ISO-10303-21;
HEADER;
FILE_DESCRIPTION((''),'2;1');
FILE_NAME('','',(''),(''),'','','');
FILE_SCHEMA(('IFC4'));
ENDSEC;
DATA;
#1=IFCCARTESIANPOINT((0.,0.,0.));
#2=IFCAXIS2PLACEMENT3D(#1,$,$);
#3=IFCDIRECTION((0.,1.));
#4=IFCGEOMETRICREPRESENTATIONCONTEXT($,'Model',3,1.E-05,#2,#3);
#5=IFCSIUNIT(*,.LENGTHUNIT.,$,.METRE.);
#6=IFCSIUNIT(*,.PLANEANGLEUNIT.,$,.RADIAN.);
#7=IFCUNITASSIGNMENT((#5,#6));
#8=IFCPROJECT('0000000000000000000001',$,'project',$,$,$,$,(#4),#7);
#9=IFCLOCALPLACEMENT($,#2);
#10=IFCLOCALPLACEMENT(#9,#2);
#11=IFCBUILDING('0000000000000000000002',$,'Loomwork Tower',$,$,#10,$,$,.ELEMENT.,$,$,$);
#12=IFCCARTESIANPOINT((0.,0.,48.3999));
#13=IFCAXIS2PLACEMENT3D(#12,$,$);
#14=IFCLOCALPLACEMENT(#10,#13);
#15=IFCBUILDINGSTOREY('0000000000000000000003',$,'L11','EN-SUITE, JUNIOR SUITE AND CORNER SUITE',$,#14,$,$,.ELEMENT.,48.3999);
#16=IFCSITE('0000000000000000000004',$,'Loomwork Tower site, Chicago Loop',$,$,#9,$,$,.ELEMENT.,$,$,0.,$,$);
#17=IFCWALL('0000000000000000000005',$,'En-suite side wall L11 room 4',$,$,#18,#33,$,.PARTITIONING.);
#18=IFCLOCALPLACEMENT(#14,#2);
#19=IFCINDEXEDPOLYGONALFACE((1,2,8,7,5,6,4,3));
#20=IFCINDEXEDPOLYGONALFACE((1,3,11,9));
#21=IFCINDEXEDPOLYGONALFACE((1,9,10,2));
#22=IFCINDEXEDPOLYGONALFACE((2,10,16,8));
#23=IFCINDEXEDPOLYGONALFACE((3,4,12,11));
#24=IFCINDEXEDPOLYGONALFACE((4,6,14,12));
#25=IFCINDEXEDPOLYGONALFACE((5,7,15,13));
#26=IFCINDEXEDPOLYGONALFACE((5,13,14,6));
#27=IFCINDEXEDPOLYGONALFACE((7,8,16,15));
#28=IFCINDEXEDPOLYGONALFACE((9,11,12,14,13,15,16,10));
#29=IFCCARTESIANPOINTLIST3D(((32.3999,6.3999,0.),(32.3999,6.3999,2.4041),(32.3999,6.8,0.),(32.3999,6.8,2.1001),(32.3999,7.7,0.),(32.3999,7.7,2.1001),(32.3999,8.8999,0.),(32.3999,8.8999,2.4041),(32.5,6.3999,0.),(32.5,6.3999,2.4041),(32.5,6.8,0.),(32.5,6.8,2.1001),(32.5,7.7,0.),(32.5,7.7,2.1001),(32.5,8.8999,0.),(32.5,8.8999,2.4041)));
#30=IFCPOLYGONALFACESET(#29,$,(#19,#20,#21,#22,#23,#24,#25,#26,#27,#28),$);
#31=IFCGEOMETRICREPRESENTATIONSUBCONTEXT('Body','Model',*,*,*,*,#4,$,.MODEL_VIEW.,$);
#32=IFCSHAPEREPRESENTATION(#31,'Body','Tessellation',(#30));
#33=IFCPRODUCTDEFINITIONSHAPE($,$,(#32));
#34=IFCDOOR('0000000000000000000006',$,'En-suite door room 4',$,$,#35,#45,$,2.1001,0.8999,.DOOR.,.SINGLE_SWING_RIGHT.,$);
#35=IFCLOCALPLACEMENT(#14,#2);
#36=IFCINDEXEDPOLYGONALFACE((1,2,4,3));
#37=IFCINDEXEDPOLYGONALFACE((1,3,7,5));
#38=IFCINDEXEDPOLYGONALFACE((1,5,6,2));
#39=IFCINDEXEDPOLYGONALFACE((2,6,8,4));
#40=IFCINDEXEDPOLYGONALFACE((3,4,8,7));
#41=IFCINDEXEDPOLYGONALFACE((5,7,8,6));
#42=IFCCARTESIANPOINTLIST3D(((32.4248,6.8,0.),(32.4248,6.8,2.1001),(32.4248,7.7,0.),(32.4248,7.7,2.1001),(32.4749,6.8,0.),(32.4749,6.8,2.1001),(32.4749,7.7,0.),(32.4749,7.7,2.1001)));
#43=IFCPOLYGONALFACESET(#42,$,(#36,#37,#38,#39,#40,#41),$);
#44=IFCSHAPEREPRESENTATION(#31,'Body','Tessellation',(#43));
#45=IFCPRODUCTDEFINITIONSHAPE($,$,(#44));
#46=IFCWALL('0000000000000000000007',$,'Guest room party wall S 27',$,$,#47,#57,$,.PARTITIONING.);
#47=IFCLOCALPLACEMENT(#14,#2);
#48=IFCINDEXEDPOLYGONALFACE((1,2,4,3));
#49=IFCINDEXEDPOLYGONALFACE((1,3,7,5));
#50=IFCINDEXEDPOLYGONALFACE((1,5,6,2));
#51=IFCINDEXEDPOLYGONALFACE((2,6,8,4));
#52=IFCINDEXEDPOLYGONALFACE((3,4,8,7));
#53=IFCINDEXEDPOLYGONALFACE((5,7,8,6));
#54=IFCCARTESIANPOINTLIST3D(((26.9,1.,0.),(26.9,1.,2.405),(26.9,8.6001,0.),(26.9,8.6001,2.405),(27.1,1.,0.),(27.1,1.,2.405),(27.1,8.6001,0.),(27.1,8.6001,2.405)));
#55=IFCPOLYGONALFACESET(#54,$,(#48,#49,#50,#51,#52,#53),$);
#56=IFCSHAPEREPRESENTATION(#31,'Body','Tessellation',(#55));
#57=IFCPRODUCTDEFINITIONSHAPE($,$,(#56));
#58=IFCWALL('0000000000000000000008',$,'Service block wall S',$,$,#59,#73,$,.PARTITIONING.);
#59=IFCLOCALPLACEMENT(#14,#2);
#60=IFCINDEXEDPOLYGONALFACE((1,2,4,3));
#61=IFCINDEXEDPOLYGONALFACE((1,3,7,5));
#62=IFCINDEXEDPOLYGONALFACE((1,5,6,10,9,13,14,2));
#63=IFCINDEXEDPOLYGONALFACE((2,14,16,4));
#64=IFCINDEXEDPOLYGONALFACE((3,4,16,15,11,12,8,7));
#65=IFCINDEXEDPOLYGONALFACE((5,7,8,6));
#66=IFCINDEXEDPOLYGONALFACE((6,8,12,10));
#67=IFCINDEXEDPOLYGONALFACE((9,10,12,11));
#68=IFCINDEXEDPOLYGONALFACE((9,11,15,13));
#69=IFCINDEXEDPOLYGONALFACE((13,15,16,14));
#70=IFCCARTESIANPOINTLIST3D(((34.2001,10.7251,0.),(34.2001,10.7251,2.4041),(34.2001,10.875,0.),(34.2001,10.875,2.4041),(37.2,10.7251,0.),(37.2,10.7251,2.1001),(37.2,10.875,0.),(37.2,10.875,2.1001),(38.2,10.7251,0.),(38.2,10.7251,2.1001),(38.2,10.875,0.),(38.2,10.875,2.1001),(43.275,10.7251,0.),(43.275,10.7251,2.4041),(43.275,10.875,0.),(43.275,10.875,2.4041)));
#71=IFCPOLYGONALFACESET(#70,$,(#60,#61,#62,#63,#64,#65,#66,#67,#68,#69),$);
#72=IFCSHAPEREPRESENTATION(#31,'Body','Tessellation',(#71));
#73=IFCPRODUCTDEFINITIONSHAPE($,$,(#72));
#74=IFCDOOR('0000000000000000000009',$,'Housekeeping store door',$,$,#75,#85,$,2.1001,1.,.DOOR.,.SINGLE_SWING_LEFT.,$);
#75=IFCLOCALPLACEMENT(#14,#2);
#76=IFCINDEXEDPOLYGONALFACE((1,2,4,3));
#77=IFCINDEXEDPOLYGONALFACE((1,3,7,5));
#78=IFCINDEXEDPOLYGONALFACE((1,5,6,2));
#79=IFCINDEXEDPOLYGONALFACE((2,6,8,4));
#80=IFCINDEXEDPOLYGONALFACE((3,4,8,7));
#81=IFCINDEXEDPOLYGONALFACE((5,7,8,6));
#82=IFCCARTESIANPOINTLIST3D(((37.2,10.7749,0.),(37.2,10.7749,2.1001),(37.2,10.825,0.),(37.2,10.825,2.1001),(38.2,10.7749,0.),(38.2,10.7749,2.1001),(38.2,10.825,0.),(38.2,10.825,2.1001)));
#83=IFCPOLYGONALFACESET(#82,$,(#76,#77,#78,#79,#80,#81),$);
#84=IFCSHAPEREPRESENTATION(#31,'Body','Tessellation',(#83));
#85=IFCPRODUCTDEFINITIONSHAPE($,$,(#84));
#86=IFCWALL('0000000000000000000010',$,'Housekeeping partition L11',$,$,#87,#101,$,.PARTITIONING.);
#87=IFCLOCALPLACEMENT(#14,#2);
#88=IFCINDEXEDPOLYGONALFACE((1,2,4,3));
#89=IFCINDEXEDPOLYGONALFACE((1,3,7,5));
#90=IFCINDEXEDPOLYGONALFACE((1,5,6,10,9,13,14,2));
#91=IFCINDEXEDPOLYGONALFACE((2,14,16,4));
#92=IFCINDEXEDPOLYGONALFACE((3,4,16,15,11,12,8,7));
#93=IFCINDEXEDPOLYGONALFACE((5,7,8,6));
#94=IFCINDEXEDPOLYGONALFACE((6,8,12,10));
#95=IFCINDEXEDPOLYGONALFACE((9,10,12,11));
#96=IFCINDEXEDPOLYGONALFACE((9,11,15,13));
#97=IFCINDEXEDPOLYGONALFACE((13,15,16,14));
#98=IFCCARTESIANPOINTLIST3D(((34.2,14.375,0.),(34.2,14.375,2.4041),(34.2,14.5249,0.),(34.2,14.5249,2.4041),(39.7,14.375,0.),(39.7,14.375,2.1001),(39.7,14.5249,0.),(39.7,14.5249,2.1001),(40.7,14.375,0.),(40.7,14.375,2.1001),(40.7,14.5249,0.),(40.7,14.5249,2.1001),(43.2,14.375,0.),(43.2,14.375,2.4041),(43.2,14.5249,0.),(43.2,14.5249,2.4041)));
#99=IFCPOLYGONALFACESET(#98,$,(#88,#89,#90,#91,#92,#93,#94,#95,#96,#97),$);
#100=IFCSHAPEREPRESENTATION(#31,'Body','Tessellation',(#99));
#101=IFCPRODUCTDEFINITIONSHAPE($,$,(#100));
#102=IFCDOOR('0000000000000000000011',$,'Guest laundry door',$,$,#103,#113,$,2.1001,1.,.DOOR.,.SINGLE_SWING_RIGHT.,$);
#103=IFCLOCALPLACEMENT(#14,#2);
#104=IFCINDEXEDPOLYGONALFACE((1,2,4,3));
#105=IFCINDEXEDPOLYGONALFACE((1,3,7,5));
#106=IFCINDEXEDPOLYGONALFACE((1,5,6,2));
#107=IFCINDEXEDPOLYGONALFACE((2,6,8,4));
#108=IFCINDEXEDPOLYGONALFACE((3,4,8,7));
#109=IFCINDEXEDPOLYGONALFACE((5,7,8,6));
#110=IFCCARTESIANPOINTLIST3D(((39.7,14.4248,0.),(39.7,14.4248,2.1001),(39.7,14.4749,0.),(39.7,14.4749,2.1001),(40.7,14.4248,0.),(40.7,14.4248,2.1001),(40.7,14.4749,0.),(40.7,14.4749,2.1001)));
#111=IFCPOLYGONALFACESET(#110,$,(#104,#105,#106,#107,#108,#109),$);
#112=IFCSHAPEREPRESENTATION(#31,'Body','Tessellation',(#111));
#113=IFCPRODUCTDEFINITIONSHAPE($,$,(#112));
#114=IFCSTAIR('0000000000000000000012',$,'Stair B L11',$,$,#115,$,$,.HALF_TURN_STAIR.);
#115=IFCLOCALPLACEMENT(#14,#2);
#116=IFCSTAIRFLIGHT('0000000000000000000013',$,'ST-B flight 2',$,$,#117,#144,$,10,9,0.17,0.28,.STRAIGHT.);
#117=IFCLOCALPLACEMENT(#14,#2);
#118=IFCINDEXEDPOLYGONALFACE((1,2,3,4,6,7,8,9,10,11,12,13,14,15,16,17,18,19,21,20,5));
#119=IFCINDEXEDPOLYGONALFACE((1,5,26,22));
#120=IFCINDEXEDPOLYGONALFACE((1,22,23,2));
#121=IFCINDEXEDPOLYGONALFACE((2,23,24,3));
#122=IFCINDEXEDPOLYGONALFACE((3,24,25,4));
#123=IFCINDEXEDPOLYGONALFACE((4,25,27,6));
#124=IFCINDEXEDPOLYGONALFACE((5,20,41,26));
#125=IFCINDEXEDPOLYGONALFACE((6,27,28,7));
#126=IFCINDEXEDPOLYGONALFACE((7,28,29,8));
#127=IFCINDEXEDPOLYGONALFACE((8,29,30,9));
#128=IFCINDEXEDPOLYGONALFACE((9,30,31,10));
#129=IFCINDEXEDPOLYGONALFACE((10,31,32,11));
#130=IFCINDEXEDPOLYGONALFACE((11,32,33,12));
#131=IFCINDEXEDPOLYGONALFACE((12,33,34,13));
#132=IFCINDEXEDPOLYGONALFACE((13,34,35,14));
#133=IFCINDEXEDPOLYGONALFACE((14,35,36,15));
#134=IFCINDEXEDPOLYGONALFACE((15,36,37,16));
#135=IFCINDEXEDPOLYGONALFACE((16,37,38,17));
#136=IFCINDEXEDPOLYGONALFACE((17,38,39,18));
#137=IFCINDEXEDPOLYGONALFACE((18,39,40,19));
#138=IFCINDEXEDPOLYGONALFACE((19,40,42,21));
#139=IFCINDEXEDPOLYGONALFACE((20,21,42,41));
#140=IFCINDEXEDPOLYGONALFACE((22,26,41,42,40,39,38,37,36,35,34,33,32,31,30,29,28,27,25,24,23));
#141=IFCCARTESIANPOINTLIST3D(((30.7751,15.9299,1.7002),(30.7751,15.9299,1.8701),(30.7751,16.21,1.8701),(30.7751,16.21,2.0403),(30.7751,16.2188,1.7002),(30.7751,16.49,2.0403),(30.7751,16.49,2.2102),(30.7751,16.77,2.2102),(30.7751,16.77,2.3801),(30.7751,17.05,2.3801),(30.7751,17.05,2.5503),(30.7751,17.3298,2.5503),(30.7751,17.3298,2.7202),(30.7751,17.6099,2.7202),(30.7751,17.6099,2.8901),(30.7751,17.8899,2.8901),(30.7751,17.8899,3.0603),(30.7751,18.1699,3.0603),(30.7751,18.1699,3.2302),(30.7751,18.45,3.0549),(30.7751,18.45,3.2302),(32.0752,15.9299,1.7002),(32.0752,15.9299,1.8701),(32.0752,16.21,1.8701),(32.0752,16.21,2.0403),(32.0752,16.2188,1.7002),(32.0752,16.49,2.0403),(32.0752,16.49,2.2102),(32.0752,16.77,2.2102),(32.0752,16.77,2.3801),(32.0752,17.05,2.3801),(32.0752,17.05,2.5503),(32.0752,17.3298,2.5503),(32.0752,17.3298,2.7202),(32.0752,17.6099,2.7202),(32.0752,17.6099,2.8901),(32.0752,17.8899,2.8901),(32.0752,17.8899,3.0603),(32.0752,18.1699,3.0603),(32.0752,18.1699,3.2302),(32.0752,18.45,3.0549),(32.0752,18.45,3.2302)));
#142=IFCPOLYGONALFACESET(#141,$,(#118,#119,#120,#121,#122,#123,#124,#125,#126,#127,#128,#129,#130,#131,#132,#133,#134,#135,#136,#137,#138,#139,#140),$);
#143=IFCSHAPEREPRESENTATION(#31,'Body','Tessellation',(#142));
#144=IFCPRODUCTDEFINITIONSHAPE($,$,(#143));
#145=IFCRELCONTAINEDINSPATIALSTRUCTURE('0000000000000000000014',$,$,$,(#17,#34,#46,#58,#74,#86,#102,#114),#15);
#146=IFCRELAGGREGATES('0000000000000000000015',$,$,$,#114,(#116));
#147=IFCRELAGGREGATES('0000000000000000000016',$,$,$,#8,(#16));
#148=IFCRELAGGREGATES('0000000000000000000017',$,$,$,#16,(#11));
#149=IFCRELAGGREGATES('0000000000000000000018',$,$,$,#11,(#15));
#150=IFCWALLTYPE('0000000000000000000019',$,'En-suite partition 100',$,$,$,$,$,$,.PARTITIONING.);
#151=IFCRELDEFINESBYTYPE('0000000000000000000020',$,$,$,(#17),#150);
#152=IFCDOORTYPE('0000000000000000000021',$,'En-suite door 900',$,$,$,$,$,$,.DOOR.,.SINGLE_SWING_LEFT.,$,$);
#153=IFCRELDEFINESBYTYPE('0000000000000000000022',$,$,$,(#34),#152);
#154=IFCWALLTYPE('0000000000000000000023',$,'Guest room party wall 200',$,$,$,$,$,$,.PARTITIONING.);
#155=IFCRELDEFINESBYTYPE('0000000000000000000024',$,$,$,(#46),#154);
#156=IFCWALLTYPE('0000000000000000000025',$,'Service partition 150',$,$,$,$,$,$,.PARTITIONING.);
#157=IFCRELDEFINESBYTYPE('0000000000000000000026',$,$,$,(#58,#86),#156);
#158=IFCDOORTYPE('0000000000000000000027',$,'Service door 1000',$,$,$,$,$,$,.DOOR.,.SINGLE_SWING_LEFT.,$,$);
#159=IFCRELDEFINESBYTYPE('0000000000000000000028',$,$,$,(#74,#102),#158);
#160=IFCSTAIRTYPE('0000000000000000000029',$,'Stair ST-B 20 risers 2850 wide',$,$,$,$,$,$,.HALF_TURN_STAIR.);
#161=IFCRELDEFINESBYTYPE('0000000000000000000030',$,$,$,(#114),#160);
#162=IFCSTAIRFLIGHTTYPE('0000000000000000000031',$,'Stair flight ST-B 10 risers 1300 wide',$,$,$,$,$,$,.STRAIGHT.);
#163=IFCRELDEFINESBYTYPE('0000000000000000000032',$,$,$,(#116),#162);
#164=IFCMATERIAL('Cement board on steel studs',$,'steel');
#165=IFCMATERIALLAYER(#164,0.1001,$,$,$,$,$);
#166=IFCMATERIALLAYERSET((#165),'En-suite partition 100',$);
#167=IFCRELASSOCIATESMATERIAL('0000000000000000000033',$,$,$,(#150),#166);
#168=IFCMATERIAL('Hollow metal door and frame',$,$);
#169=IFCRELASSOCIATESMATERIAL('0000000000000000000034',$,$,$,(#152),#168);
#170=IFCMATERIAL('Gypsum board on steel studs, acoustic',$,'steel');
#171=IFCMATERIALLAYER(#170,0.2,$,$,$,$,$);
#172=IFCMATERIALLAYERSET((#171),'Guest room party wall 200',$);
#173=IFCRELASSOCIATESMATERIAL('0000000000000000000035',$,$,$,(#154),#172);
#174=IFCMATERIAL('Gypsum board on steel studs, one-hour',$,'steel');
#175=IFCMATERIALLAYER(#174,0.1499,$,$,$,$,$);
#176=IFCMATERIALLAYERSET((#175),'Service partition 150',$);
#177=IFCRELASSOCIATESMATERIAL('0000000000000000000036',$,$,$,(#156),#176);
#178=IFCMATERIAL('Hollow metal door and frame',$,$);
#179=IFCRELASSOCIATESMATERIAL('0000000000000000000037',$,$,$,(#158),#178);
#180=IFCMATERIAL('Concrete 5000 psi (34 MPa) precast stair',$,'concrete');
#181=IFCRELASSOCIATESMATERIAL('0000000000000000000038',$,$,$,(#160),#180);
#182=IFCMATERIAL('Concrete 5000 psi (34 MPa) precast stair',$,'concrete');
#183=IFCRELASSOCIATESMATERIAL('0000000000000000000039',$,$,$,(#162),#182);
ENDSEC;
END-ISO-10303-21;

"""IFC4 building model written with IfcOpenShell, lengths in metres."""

from ifc_helpers import new_model, si_unit, direction, frame, frame_2d, origin, place, context, subcontext, project, spatial, polyline, rectangle, outline, extrude, material, layer, layer_set, type_object, element, fill, aggregate, save


model = new_model("IFC4")

# Units and contexts
model_context = context("Model", 3, precision=1e-05, world=origin(), true_north=direction((0.0, 1.0)))
body_context = subcontext(model_context, "Body", "Model", "MODEL_VIEW")
ifc_project = project(units=[si_unit("LENGTHUNIT", "METRE"), si_unit("PLANEANGLEUNIT", "RADIAN")], contexts=[model_context])

# Site, building, storey
site_placement = place(None, origin())
site = spatial("IfcSite", under=ifc_project, at=site_placement, Name="Loomwork Tower site, Chicago Loop", CompositionType="ELEMENT", RefElevation=0.0)
building_placement = place(site_placement, origin())
building = spatial("IfcBuilding", under=site, at=building_placement, Name="Loomwork Tower", CompositionType="ELEMENT")
storey_placement = place(building_placement, frame((0.0, 0.0, 48.3999)))
storey = spatial("IfcBuildingStorey", under=building, at=storey_placement, Name="L11", Description="EN-SUITE, JUNIOR SUITE AND CORNER SUITE", CompositionType="ELEMENT", Elevation=48.3999)

# Shared definitions
ifc_material_1 = material(Name="Cement board on steel studs", Category="steel")
ifc_layer_1 = layer(ifc_material_1, 0.1001)
ifc_layer_set_1 = layer_set([ifc_layer_1], Name="En-suite partition 100")
wall_type_1 = type_object("IfcWallType", Name="En-suite partition 100", PredefinedType="PARTITIONING", material=ifc_layer_set_1)

# Wall, opening, door
wall_1_placement = place(storey_placement, frame((32.45, 8.8999, 0.0), z_axis=(0.0, 0.0, 1.0), x_axis=(0.0, -1.0, 0.0)))
wall_1 = element("IfcWall", 1, at=wall_1_placement, inside=storey, type_object=wall_type_1, Name="En-suite side wall L11 room 4", PredefinedType="PARTITIONING", context=body_context, shape_type="SweptSolid", body=[
    extrude(rectangle(XDim=2.5, YDim=0.1001, at=frame_2d((1.25, 0.0))), origin(), (0.0, 0.0, 1.0), 2.4041),
])
opening_1_placement = place(wall_1_placement, frame((1.2, 0.0, 0.0)))
opening_1 = element("IfcOpeningElement", 2, at=opening_1_placement, cuts=wall_1, PredefinedType="OPENING", context=body_context, shape_type="SweptSolid", body=[
    extrude(rectangle(XDim=0.8999, YDim=2.1001, at=frame_2d((0.45, 1.05))), frame((0.0, 0.0601, 0.0), z_axis=(0.0, -1.0, 0.0), x_axis=(1.0, 0.0, 0.0)), (0.0, 0.0, 1.0), 0.1201),
])
ifc_material_2 = material(Name="Hollow metal door and frame")
door_type_1 = type_object("IfcDoorType", Name="En-suite door 900", OperationType="SINGLE_SWING_LEFT", PredefinedType="DOOR", material=ifc_material_2)
door_1_placement = place(opening_1_placement, origin())
door_1 = element("IfcDoor", 3, at=door_1_placement, inside=storey, type_object=door_type_1, Name="En-suite door room 4", OperationType="SINGLE_SWING_RIGHT", OverallHeight=2.1001, OverallWidth=0.8999, PredefinedType="DOOR", context=body_context, shape_type="SweptSolid", body=[
    extrude(rectangle(XDim=0.8999, YDim=2.1001, at=frame_2d((0.45, 1.05))), frame((0.0, 0.0249, 0.0), z_axis=(0.0, -1.0, 0.0), x_axis=(1.0, 0.0, 0.0)), (0.0, 0.0, 1.0), 0.05),
])
fill(opening_1, door_1)

# Wall
ifc_material_3 = material(Name="Gypsum board on steel studs, acoustic", Category="steel")
ifc_layer_2 = layer(ifc_material_3, 0.2)
ifc_layer_set_2 = layer_set([ifc_layer_2], Name="Guest room party wall 200")
wall_type_2 = type_object("IfcWallType", Name="Guest room party wall 200", PredefinedType="PARTITIONING", material=ifc_layer_set_2)
wall_2_placement = place(storey_placement, frame((27.0, 8.6001, 0.0), z_axis=(0.0, 0.0, 1.0), x_axis=(0.0, -1.0, 0.0)))
element("IfcWall", 4, at=wall_2_placement, inside=storey, type_object=wall_type_2, Name="Guest room party wall S 27", PredefinedType="PARTITIONING", context=body_context, shape_type="SweptSolid", body=[
    extrude(rectangle(XDim=7.6001, YDim=0.2, at=frame_2d((3.8, 0.0))), origin(), (0.0, 0.0, 1.0), 2.405),
])

# Walls, openings, doors
ifc_material_4 = material(Name="Gypsum board on steel studs, one-hour", Category="steel")
ifc_layer_3 = layer(ifc_material_4, 0.1499)
ifc_layer_set_3 = layer_set([ifc_layer_3], Name="Service partition 150")
wall_type_3 = type_object("IfcWallType", Name="Service partition 150", PredefinedType="PARTITIONING", material=ifc_layer_set_3)
wall_3_placement = place(storey_placement, frame((34.2, 10.8, 0.0), z_axis=(0.0, 0.0, 1.0), x_axis=(1.0, 0.0, 0.0)))
wall_3 = element("IfcWall", 5, at=wall_3_placement, inside=storey, type_object=wall_type_3, Name="Service block wall S", PredefinedType="PARTITIONING", context=body_context, shape_type="SweptSolid", body=[
    extrude(rectangle(XDim=9.075, YDim=0.1499, at=frame_2d((4.5376, 0.0))), origin(), (0.0, 0.0, 1.0), 2.4041),
])
opening_2_placement = place(wall_3_placement, frame((3.0, 0.0, 0.0)))
opening_2 = element("IfcOpeningElement", 6, at=opening_2_placement, cuts=wall_3, PredefinedType="OPENING", context=body_context, shape_type="SweptSolid", body=[
    extrude(rectangle(XDim=1.0, YDim=2.1001, at=frame_2d((0.5, 1.05))), frame((0.0, 0.085, 0.0), z_axis=(0.0, -1.0, 0.0), x_axis=(1.0, 0.0, 0.0)), (0.0, 0.0, 1.0), 0.1699),
])
ifc_material_5 = material(Name="Hollow metal door and frame")
door_type_2 = type_object("IfcDoorType", Name="Service door 1000", OperationType="SINGLE_SWING_LEFT", PredefinedType="DOOR", material=ifc_material_5)
door_2_placement = place(opening_2_placement, origin())
door_2 = element("IfcDoor", 7, at=door_2_placement, inside=storey, type_object=door_type_2, Name="Housekeeping store door", OperationType="SINGLE_SWING_LEFT", OverallHeight=2.1001, OverallWidth=1.0, PredefinedType="DOOR", context=body_context, shape_type="SweptSolid", body=[
    extrude(rectangle(XDim=1.0, YDim=2.1001, at=frame_2d((0.5, 1.05))), frame((0.0, 0.0249, 0.0), z_axis=(0.0, -1.0, 0.0), x_axis=(1.0, 0.0, 0.0)), (0.0, 0.0, 1.0), 0.05),
])
fill(opening_2, door_2)
wall_4_placement = place(storey_placement, frame((34.2, 14.45, 0.0), z_axis=(0.0, 0.0, 1.0), x_axis=(1.0, 0.0, 0.0)))
wall_4 = element("IfcWall", 8, at=wall_4_placement, inside=storey, type_object=wall_type_3, Name="Housekeeping partition L11", PredefinedType="PARTITIONING", context=body_context, shape_type="SweptSolid", body=[
    extrude(rectangle(XDim=9.0, YDim=0.1499, at=frame_2d((4.5, 0.0))), origin(), (0.0, 0.0, 1.0), 2.4041),
])
opening_3_placement = place(wall_4_placement, frame((5.5, 0.0, 0.0)))
opening_3 = element("IfcOpeningElement", 9, at=opening_3_placement, cuts=wall_4, PredefinedType="OPENING", context=body_context, shape_type="SweptSolid", body=[
    extrude(rectangle(XDim=1.0, YDim=2.1001, at=frame_2d((0.5, 1.05))), frame((0.0, 0.085, 0.0), z_axis=(0.0, -1.0, 0.0), x_axis=(1.0, 0.0, 0.0)), (0.0, 0.0, 1.0), 0.1699),
])
door_3_placement = place(opening_3_placement, origin())
door_3 = element("IfcDoor", 10, at=door_3_placement, inside=storey, type_object=door_type_2, Name="Guest laundry door", OperationType="SINGLE_SWING_RIGHT", OverallHeight=2.1001, OverallWidth=1.0, PredefinedType="DOOR", context=body_context, shape_type="SweptSolid", body=[
    extrude(rectangle(XDim=1.0, YDim=2.1001, at=frame_2d((0.5, 1.05))), frame((0.0, 0.0249, 0.0), z_axis=(0.0, -1.0, 0.0), x_axis=(1.0, 0.0, 0.0)), (0.0, 0.0, 1.0), 0.05),
])
fill(opening_3, door_3)

# Stair, stair flight
ifc_material_6 = material(Name="Concrete 5000 psi (34 MPa) precast stair", Category="concrete")
stair_type = type_object("IfcStairType", Name="Stair ST-B 20 risers 2850 wide", PredefinedType="HALF_TURN_STAIR", material=ifc_material_6)
stair_placement = place(storey_placement, origin())
stair = element("IfcStair", 11, at=stair_placement, inside=storey, type_object=stair_type, Name="Stair B L11", PredefinedType="HALF_TURN_STAIR")
ifc_material_7 = material(Name="Concrete 5000 psi (34 MPa) precast stair", Category="concrete")
stair_flight_type = type_object("IfcStairFlightType", Name="Stair flight ST-B 10 risers 1300 wide", PredefinedType="STRAIGHT", material=ifc_material_7)
stair_flight_placement = place(storey_placement, frame((31.425, 15.9299, 1.7002), z_axis=(0.0, 0.0, 1.0), x_axis=(0.0, 1.0, 0.0)))
stair_flight = element("IfcStairFlight", 12, at=stair_flight_placement, type_object=stair_flight_type, Name="ST-B flight 2", NumberOfRisers=10, NumberOfTreads=9, PredefinedType="STRAIGHT", RiserHeight=0.17, TreadLength=0.28, context=body_context, shape_type="SweptSolid", body=[
    extrude(outline(polyline([(0.0, 0.0), (0.0, 0.1699), (0.28, 0.1699), (0.28, 0.3401), (0.5601, 0.3401), (0.5601, 0.51), (0.8401, 0.51), (0.8401, 0.6799), (1.1201, 0.6799), (1.1201, 0.8501), (1.3999, 0.8501), (1.3999, 1.02), (1.6799, 1.02), (1.6799, 1.1899), (1.96, 1.1899), (1.96, 1.3601), (2.24, 1.3601), (2.24, 1.53), (2.52, 1.53), (2.52, 1.7), (2.52, 1.3547), (0.2888, 0.0), (0.0, 0.0)])), frame((0.0, 0.6499, 0.0), z_axis=(0.0, -1.0, 0.0), x_axis=(1.0, 0.0, 0.0)), (0.0, 0.0, 1.0), 1.3),
])
aggregate(stair, [stair_flight])

save(model, "model.ifc")
